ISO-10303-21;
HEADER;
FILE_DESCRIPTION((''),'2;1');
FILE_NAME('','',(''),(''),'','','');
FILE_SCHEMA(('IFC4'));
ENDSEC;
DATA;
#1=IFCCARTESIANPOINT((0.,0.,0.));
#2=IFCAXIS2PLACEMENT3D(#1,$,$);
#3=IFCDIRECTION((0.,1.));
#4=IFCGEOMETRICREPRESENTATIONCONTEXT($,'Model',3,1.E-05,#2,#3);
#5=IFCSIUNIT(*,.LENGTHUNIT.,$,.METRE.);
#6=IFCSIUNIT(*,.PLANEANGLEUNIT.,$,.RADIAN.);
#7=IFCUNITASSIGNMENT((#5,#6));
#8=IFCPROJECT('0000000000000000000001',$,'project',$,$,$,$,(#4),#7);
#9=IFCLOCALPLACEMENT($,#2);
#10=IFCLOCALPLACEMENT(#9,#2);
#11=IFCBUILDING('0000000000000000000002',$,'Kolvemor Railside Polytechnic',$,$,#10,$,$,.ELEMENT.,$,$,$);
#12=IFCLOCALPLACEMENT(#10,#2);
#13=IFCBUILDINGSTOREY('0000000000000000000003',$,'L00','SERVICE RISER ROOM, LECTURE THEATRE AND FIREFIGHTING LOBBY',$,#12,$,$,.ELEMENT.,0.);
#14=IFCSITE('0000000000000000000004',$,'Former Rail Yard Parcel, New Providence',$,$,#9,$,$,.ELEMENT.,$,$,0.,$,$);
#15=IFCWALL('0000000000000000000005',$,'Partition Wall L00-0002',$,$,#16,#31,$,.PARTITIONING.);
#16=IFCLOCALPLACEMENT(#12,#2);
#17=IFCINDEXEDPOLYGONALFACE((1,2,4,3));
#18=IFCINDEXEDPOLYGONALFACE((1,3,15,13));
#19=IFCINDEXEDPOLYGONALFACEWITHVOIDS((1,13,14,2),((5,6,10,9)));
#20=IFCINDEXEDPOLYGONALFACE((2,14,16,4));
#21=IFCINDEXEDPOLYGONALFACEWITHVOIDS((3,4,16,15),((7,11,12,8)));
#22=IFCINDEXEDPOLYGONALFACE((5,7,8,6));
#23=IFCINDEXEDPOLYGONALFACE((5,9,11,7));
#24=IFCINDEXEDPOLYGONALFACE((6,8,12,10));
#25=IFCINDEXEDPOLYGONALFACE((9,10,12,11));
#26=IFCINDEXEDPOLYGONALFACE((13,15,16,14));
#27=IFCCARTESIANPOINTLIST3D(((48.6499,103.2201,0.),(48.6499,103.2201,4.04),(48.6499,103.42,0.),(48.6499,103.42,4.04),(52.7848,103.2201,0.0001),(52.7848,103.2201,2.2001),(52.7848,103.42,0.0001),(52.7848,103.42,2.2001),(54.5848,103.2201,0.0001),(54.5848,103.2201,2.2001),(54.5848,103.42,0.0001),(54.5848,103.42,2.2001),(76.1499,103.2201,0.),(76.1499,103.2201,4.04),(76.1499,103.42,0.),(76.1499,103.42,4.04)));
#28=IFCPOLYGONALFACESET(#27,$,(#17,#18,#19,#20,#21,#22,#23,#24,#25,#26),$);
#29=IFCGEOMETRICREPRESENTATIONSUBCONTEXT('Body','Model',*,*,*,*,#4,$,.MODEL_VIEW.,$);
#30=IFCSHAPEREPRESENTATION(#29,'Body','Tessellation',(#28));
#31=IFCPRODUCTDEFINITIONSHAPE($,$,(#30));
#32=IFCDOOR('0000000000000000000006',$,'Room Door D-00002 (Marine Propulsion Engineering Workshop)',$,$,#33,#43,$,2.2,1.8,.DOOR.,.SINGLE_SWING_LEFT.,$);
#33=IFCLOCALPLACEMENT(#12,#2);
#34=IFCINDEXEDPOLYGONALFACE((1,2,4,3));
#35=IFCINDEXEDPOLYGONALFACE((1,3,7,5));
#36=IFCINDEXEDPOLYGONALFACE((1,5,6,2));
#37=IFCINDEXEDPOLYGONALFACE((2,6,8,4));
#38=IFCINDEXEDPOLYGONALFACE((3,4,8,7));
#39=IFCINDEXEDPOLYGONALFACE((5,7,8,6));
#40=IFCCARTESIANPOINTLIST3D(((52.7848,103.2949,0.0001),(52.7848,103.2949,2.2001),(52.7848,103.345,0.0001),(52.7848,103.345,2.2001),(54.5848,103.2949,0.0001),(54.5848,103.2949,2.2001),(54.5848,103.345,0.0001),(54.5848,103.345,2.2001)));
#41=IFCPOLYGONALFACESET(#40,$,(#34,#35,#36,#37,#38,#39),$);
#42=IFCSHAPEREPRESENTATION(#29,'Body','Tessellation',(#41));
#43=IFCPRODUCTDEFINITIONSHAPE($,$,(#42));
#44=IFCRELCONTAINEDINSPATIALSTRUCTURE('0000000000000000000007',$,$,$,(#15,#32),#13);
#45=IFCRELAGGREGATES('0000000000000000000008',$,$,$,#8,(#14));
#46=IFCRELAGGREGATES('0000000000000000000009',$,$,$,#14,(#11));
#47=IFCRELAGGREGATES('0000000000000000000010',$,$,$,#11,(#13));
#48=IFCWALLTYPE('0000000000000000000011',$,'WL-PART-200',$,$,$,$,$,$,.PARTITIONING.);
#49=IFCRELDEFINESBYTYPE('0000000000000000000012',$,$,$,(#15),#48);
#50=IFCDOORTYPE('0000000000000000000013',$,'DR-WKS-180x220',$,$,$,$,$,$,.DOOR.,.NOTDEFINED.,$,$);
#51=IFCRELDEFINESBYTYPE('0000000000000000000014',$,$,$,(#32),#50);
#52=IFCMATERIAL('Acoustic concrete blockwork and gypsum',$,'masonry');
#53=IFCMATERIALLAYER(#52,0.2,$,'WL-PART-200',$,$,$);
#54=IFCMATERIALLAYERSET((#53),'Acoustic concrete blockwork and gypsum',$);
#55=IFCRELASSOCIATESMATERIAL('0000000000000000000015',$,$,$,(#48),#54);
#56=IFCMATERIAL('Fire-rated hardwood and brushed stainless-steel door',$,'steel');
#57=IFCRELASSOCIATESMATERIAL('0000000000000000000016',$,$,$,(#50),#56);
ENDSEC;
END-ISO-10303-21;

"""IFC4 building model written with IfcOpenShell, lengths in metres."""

from ifc_helpers import new_model, si_unit, direction, frame, frame_2d, origin, place, context, subcontext, project, spatial, rectangle, extrude, material, layer, layer_set, type_object, element, fill, save


model = new_model("IFC4")

# Units and contexts
model_context = context("Model", 3, precision=1e-05, world=origin(), true_north=direction((0.0, 1.0)))
body_context = subcontext(model_context, "Body", "Model", "MODEL_VIEW")
ifc_project = project(units=[si_unit("LENGTHUNIT", "METRE"), si_unit("PLANEANGLEUNIT", "RADIAN")], contexts=[model_context])

# Site, building, storey
site_placement = place(None, origin())
site = spatial("IfcSite", under=ifc_project, at=site_placement, Name="Former Rail Yard Parcel, New Providence", CompositionType="ELEMENT", RefElevation=0.0)
building_placement = place(site_placement, origin())
building = spatial("IfcBuilding", under=site, at=building_placement, Name="Kolvemor Railside Polytechnic", CompositionType="ELEMENT")
storey_placement = place(building_placement, origin())
storey = spatial("IfcBuildingStorey", under=building, at=storey_placement, Name="L00", Description="SERVICE RISER ROOM, LECTURE THEATRE AND FIREFIGHTING LOBBY", CompositionType="ELEMENT", Elevation=0.0)

# Wall, opening, door
ifc_material_1 = material(Name="Acoustic concrete blockwork and gypsum", Category="masonry")
ifc_layer_1 = layer(ifc_material_1, 0.2, Name="WL-PART-200")
ifc_layer_set_1 = layer_set([ifc_layer_1], Name="Acoustic concrete blockwork and gypsum")
wall_type_1 = type_object("IfcWallType", Name="WL-PART-200", PredefinedType="PARTITIONING", material=ifc_layer_set_1)
wall_1_placement = place(storey_placement, frame((48.6499, 103.3201, 0.0), z_axis=(0.0, 0.0, 1.0), x_axis=(1.0, 0.0, 0.0)))
wall_1 = element("IfcWall", 1, at=wall_1_placement, inside=storey, type_object=wall_type_1, Name="Partition Wall L00-0002", PredefinedType="PARTITIONING", context=body_context, shape_type="SweptSolid", body=[
    extrude(rectangle(XDim=27.5, YDim=0.2, at=frame_2d((13.75, 0.0))), origin(), (0.0, 0.0, 1.0), 4.04),
])
opening_1_placement = place(wall_1_placement, frame((4.135, 0.0, 0.0)))
opening_1 = element("IfcOpeningElement", 2, at=opening_1_placement, cuts=wall_1, PredefinedType="OPENING", context=body_context, shape_type="SweptSolid", body=[
    extrude(rectangle(XDim=1.8, YDim=2.2, at=frame_2d((0.8999, 1.1001))), frame((0.0, 0.1099, 0.0), z_axis=(0.0, -1.0, 0.0), x_axis=(1.0, 0.0, 0.0)), (0.0, 0.0, 1.0), 0.22),
])
ifc_material_2 = material(Name="Fire-rated hardwood and brushed stainless-steel door", Category="steel")
door_type_1 = type_object("IfcDoorType", Name="DR-WKS-180x220", OperationType="NOTDEFINED", PredefinedType="DOOR", material=ifc_material_2)
door_1_placement = place(opening_1_placement, origin())
door_1 = element("IfcDoor", 3, at=door_1_placement, inside=storey, type_object=door_type_1, Name="Room Door D-00002 (Marine Propulsion Engineering Workshop)", OperationType="SINGLE_SWING_LEFT", OverallHeight=2.2, OverallWidth=1.8, PredefinedType="DOOR", context=body_context, shape_type="SweptSolid", body=[
    extrude(rectangle(XDim=1.8, YDim=2.2, at=frame_2d((0.8999, 1.1001))), frame((0.0, 0.0249, 0.0), z_axis=(0.0, -1.0, 0.0), x_axis=(1.0, 0.0, 0.0)), (0.0, 0.0, 1.0), 0.05),
])
fill(opening_1, door_1)

save(model, "model.ifc")
